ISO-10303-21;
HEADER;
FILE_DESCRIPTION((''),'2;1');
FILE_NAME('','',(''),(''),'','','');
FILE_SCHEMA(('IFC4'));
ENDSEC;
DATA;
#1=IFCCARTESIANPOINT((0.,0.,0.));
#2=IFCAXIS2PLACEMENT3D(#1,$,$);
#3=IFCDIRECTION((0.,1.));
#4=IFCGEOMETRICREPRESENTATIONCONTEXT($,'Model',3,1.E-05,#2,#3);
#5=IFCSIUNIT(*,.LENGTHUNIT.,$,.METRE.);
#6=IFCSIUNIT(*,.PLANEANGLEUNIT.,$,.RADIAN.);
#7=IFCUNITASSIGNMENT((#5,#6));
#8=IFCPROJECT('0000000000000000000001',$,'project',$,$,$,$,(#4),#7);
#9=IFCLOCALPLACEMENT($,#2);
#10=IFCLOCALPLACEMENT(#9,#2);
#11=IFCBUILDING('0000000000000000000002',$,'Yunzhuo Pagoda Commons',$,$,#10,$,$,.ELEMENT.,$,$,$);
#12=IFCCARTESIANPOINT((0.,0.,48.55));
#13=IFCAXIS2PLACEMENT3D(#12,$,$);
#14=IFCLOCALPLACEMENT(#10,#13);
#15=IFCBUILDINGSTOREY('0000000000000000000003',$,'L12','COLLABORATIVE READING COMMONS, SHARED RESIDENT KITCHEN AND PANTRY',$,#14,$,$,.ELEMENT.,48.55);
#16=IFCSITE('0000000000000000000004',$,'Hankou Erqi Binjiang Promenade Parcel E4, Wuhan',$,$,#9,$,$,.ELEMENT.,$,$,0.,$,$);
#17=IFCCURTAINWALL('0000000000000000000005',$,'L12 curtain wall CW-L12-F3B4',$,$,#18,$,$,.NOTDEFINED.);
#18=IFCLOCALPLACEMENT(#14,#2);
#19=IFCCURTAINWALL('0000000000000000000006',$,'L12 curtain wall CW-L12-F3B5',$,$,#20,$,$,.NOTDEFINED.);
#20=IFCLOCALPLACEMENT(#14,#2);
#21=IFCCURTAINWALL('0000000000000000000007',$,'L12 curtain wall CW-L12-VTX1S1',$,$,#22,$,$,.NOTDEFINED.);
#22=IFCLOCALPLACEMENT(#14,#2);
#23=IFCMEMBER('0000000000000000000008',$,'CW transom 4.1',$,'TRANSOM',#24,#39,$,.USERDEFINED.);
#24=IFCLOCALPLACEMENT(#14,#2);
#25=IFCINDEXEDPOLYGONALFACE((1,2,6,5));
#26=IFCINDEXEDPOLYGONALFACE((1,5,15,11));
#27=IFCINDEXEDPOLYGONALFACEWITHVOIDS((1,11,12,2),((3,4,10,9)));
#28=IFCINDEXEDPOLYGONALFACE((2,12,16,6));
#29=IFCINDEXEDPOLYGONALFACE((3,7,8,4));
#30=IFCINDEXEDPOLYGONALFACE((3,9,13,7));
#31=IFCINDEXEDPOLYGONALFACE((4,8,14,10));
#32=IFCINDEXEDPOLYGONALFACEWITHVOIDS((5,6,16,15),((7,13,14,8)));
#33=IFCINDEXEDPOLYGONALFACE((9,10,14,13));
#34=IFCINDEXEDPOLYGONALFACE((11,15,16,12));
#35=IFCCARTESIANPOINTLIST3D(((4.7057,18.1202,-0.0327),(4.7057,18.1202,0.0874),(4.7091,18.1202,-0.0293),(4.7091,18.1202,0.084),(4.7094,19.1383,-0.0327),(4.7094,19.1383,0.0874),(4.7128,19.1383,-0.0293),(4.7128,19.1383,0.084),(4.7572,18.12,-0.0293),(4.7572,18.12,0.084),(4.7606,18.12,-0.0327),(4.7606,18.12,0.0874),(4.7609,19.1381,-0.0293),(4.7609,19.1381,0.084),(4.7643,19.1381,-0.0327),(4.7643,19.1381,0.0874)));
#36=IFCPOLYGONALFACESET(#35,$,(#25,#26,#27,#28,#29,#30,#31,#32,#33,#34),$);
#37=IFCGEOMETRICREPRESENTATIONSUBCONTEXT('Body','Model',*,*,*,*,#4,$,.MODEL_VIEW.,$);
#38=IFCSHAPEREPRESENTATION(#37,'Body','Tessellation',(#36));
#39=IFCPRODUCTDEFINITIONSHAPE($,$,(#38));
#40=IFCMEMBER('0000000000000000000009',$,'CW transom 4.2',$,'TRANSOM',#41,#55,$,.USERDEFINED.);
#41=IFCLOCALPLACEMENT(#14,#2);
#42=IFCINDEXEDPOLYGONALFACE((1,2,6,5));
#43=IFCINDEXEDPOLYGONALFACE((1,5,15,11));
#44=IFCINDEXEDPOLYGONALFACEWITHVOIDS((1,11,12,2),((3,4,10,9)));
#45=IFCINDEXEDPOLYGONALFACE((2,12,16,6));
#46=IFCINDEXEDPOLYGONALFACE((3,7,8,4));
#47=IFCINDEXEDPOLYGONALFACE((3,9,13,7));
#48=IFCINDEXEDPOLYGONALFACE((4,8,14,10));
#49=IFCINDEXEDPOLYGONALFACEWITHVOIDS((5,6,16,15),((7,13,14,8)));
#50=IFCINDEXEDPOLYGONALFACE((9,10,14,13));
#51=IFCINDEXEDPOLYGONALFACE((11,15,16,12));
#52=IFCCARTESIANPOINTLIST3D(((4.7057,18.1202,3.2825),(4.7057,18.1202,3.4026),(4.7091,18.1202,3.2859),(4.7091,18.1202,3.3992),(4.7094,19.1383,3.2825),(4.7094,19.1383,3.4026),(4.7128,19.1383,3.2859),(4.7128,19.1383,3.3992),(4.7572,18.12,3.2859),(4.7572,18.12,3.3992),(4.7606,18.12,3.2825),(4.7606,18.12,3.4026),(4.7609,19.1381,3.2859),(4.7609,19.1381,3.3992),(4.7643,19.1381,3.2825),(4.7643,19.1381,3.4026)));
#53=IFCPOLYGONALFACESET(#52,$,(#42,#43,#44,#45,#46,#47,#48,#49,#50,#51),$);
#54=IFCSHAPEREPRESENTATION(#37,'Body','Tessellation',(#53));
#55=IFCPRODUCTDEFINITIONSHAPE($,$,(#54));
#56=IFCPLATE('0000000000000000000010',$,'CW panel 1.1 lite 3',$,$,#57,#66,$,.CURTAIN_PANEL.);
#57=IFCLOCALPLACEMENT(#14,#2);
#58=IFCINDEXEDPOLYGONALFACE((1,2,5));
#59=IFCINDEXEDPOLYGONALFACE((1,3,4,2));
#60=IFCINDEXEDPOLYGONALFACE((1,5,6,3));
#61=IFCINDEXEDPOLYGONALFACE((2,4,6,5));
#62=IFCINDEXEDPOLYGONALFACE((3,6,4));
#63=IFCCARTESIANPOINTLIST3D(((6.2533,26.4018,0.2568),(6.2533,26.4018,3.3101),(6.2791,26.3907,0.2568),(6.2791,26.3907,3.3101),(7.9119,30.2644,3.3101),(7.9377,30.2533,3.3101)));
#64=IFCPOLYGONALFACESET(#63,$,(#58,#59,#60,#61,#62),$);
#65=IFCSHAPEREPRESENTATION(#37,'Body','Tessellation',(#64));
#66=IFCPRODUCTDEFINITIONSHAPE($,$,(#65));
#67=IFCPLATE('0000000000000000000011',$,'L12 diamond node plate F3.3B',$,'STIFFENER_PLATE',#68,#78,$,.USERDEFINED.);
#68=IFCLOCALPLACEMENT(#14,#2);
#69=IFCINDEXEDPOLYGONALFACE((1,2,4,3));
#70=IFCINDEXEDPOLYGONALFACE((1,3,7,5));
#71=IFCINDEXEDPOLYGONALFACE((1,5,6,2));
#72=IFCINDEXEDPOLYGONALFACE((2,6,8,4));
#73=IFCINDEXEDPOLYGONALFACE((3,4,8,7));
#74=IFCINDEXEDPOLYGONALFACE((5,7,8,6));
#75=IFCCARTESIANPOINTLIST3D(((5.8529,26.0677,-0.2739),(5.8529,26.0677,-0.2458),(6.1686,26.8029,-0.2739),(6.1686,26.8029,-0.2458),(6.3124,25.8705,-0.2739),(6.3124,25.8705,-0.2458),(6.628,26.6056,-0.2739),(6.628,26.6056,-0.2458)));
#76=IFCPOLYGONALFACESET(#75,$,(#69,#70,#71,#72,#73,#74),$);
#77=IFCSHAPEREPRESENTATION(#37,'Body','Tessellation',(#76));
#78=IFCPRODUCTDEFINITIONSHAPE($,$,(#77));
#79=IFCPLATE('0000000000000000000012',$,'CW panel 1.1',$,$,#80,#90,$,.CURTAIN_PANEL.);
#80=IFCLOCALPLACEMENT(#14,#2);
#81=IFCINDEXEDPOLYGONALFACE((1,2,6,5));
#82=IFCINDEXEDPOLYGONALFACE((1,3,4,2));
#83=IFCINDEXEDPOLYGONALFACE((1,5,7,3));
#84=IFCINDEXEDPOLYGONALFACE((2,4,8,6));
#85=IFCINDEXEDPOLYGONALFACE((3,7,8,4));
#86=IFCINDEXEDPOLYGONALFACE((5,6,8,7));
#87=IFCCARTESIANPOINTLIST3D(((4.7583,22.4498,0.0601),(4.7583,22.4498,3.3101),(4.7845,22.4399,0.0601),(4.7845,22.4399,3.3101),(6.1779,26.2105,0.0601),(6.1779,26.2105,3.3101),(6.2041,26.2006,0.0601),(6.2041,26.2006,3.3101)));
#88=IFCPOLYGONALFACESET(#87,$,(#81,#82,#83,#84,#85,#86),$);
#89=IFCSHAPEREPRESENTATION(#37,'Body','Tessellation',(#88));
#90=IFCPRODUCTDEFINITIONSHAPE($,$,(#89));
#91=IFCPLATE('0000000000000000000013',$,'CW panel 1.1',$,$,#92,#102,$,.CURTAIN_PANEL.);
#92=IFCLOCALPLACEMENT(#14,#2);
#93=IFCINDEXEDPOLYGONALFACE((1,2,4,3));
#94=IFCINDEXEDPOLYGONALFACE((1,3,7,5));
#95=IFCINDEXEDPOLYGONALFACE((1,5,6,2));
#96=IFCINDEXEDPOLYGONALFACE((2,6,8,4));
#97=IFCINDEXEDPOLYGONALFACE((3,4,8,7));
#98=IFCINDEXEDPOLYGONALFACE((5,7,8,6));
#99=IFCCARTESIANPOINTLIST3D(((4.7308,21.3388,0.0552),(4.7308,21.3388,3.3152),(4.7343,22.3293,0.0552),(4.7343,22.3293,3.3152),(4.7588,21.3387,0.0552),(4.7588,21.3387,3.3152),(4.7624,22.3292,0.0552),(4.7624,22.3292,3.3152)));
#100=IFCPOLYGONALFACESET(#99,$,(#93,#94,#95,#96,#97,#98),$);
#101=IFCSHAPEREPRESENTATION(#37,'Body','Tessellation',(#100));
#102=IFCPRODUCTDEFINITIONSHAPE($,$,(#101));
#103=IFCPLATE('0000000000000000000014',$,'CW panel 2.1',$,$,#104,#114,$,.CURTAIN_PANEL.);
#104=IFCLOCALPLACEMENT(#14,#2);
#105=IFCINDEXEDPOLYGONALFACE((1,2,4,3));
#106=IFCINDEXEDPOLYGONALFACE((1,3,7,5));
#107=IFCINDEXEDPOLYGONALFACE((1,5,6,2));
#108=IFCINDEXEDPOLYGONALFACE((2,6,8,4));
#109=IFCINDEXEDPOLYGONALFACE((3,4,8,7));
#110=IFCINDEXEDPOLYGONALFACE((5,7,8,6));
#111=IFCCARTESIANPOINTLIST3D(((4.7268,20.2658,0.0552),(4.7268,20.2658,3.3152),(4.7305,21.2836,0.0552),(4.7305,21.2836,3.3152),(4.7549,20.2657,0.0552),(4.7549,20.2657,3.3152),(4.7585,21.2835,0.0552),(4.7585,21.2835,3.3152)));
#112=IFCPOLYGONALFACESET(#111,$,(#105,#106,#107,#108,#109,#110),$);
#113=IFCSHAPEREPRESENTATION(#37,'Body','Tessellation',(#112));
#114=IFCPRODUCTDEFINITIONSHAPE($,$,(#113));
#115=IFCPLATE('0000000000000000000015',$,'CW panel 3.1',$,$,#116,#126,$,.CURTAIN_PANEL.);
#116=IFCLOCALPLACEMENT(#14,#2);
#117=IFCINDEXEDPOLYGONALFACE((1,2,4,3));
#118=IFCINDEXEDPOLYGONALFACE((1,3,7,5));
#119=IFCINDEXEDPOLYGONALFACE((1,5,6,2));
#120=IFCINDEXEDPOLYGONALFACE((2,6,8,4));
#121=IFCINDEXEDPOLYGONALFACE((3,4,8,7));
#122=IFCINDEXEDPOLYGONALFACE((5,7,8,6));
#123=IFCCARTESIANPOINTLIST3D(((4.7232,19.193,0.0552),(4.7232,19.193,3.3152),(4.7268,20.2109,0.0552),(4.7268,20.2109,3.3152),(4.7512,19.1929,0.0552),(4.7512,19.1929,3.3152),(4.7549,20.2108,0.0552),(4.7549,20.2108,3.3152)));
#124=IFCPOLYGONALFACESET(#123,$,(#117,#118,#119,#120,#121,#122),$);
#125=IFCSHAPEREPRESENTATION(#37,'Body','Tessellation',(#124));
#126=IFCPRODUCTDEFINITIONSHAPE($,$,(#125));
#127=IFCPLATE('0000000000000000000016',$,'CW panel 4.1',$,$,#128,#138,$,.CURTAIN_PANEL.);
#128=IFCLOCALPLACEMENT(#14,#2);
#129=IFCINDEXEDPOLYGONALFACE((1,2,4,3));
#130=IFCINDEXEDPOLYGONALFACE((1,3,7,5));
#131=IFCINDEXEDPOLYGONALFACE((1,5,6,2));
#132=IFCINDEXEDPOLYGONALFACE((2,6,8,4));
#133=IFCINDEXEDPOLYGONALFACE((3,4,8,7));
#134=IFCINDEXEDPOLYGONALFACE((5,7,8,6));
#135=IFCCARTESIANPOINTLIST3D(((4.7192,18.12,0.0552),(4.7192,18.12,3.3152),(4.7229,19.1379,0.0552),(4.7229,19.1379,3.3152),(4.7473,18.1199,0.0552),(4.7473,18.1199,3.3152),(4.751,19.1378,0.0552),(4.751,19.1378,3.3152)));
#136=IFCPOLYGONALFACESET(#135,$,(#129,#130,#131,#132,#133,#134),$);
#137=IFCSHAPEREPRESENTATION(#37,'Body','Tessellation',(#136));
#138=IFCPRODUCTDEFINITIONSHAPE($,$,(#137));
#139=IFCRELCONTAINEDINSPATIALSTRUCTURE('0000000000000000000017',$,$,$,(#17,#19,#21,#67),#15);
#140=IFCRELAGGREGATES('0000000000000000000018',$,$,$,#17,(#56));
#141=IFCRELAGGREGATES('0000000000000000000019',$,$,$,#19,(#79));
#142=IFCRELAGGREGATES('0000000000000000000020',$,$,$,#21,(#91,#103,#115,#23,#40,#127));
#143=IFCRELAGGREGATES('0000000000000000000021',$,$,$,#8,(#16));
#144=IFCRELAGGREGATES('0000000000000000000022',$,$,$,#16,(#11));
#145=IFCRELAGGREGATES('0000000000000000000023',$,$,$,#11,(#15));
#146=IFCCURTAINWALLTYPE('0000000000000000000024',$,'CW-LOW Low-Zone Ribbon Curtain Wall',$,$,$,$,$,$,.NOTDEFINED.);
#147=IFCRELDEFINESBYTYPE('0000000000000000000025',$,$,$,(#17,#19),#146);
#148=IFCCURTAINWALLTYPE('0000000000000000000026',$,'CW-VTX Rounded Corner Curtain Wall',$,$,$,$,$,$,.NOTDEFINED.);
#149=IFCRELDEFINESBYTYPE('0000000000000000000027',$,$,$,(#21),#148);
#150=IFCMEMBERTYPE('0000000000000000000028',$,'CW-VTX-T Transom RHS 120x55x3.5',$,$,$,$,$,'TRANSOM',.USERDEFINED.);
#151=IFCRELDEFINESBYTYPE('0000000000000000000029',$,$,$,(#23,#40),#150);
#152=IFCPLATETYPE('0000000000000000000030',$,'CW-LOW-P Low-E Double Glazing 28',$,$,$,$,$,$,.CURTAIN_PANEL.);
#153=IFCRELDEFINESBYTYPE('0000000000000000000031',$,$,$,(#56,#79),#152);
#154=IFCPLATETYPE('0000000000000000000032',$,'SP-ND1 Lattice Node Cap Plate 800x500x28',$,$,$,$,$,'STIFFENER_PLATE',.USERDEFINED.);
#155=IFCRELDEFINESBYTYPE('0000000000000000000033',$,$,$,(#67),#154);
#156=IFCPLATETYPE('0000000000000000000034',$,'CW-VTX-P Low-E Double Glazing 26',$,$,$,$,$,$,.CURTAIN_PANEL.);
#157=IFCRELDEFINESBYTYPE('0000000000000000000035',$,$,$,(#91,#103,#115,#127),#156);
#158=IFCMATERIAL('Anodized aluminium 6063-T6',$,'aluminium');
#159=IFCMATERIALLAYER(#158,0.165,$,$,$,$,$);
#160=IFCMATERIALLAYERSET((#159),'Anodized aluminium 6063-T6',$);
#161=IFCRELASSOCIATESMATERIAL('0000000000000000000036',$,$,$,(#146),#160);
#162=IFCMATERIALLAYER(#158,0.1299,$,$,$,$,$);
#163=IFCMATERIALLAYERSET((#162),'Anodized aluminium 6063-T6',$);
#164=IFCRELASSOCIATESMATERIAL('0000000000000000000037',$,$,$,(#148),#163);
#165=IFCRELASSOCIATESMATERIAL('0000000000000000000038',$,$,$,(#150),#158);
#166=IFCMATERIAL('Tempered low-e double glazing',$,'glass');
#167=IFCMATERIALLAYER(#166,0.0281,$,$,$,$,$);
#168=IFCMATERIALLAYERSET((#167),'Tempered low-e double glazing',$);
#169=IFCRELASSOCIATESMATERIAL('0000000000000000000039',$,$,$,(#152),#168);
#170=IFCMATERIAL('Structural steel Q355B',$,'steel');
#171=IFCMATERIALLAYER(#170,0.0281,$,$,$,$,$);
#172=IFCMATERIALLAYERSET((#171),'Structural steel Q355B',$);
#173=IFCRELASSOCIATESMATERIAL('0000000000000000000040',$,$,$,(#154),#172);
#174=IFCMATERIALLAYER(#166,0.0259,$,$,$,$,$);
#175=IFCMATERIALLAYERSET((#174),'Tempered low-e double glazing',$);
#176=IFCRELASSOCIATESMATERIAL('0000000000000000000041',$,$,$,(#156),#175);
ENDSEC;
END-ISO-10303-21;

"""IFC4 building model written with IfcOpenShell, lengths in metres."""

from ifc_helpers import new_model, si_unit, direction, frame, origin, origin_2d, place, context, subcontext, project, spatial, polyline, rectangle, hollow_rectangle, outline, extrude, source, transform, mapped, material, layer, layer_set, material_profile, profile_set, type_object, element, aggregate, save


model = new_model("IFC4")

# Units and contexts
model_context = context("Model", 3, precision=1e-05, world=origin(), true_north=direction((0.0, 1.0)))
body_context = subcontext(model_context, "Body", "Model", "MODEL_VIEW")
ifc_project = project(units=[si_unit("LENGTHUNIT", "METRE"), si_unit("PLANEANGLEUNIT", "RADIAN")], contexts=[model_context])

# Site, building, storey
site_placement = place(None, origin())
site = spatial("IfcSite", under=ifc_project, at=site_placement, Name="Hankou Erqi Binjiang Promenade Parcel E4, Wuhan", CompositionType="ELEMENT", RefElevation=0.0)
building_placement = place(site_placement, origin())
building = spatial("IfcBuilding", under=site, at=building_placement, Name="Yunzhuo Pagoda Commons", CompositionType="ELEMENT")
storey_placement = place(building_placement, frame((0.0, 0.0, 48.55)))
storey = spatial("IfcBuildingStorey", under=building, at=storey_placement, Name="L12", Description="COLLABORATIVE READING COMMONS, SHARED RESIDENT KITCHEN AND PANTRY", CompositionType="ELEMENT", Elevation=48.55)

# Shared definitions
ifc_material_1 = material(Name="Structural steel Q355B", Category="steel")

# Curtain wall
ifc_material_2 = material(Name="Anodized aluminium 6063-T6", Category="aluminium")
ifc_layer_1 = layer(ifc_material_2, 0.165)
ifc_layer_set_1 = layer_set([ifc_layer_1], Name="Anodized aluminium 6063-T6")
curtain_wall_type_1 = type_object("IfcCurtainWallType", Name="CW-LOW Low-Zone Ribbon Curtain Wall", PredefinedType="NOTDEFINED", material=ifc_layer_set_1)
curtain_wall_1_placement = place(storey_placement, origin())
curtain_wall_1 = element("IfcCurtainWall", 1, at=curtain_wall_1_placement, inside=storey, type_object=curtain_wall_type_1, Name="L12 curtain wall CW-L12-F3B4", PredefinedType="NOTDEFINED")

# Curtain walls, members
curtain_wall_2_placement = place(storey_placement, origin())
curtain_wall_2 = element("IfcCurtainWall", 2, at=curtain_wall_2_placement, inside=storey, type_object=curtain_wall_type_1, Name="L12 curtain wall CW-L12-F3B5", PredefinedType="NOTDEFINED")
ifc_layer_2 = layer(ifc_material_2, 0.1299)
ifc_layer_set_2 = layer_set([ifc_layer_2], Name="Anodized aluminium 6063-T6")
curtain_wall_type_2 = type_object("IfcCurtainWallType", Name="CW-VTX Rounded Corner Curtain Wall", PredefinedType="NOTDEFINED", material=ifc_layer_set_2)
curtain_wall_3_placement = place(storey_placement, origin())
curtain_wall_3 = element("IfcCurtainWall", 3, at=curtain_wall_3_placement, inside=storey, type_object=curtain_wall_type_2, Name="L12 curtain wall CW-L12-VTX1S1", PredefinedType="NOTDEFINED")
ifc_material_profile_1 = material_profile(ifc_material_2, hollow_rectangle(XDim=0.0549, YDim=0.1201, WallThickness=0.0034, at=origin_2d()), Name="Anodized aluminium 6063-T6")
ifc_profile_set_1 = profile_set([ifc_material_profile_1], Name="Anodized aluminium 6063-T6")
member_type_1 = type_object("IfcMemberType", Name="CW-VTX-T Transom RHS 120x55x3.5", ElementType="TRANSOM", PredefinedType="USERDEFINED", material=ifc_profile_set_1)
shared_shape_1 = source(origin(), body_context, "Body", "SweptSolid", [
    extrude(hollow_rectangle(XDim=0.0549, YDim=0.1201, WallThickness=0.0034, at=origin_2d()), origin(), (0.0, 0.0, 1.0), 1.0181),
])
member_1_placement = place(storey_placement, frame((4.7368, 19.1382, 0.0273), z_axis=(-0.003597, -0.999994, 0.0), x_axis=(0.999994, -0.003597, 0.0)))
member_1 = element("IfcMember", 4, at=member_1_placement, type_object=member_type_1, Name="CW transom 4.1", ObjectType="TRANSOM", PredefinedType="USERDEFINED", context=body_context, shape_type="MappedRepresentation", body=[
    mapped(shared_shape_1, transform((0.0, 0.0, 0.0), scale=1.0)),
])
member_2_placement = place(storey_placement, frame((4.7368, 19.1382, 3.3425), z_axis=(-0.003597, -0.999994, 0.0), x_axis=(0.999994, -0.003597, 0.0)))
member_2 = element("IfcMember", 5, at=member_2_placement, type_object=member_type_1, Name="CW transom 4.2", ObjectType="TRANSOM", PredefinedType="USERDEFINED", context=body_context, shape_type="MappedRepresentation", body=[
    mapped(shared_shape_1, transform((0.0, 0.0, 0.0), scale=1.0)),
])

# Plates
ifc_material_3 = material(Name="Tempered low-e double glazing", Category="glass")
ifc_layer_3 = layer(ifc_material_3, 0.0281)
ifc_layer_set_3 = layer_set([ifc_layer_3], Name="Tempered low-e double glazing")
plate_type_1 = type_object("IfcPlateType", Name="CW-LOW-P Low-E Double Glazing 28", PredefinedType="CURTAIN_PANEL", material=ifc_layer_set_3)
plate_1_placement = place(storey_placement, frame((7.1084, 28.322, 1.7834), z_axis=(-0.918866, 0.394571, 0.0), x_axis=(-0.394571, -0.918866, 0.0)))
plate_1 = element("IfcPlate", 6, at=plate_1_placement, type_object=plate_type_1, Name="CW panel 1.1 lite 3", PredefinedType="CURTAIN_PANEL", context=body_context, shape_type="SweptSolid", body=[
    extrude(outline(polyline([(-2.1018, 1.5266), (2.1018, -1.5266), (2.1018, 1.5266), (-2.1018, 1.5266)])), origin(), (0.0, 0.0, 1.0), 0.0281),
])
aggregate(curtain_wall_1, [plate_1])
ifc_layer_4 = layer(ifc_material_1, 0.0281)
ifc_layer_set_4 = layer_set([ifc_layer_4], Name="Structural steel Q355B")
plate_type_2 = type_object("IfcPlateType", Name="SP-ND1 Lattice Node Cap Plate 800x500x28", ElementType="STIFFENER_PLATE", PredefinedType="USERDEFINED", material=ifc_layer_set_4)
shared_shape_2 = source(origin(), body_context, "Body", "SweptSolid", [
    extrude(rectangle(XDim=0.8, YDim=0.5, at=origin_2d()), origin(), (0.0, 0.0, 1.0), 0.0281),
])
plate_2_placement = place(storey_placement, frame((6.2405, 26.3367, -0.2739), z_axis=(0.0, 0.0, 1.0), x_axis=(-0.394567, -0.918867, 0.0)))
element("IfcPlate", 7, at=plate_2_placement, inside=storey, type_object=plate_type_2, Name="L12 diamond node plate F3.3B", ObjectType="STIFFENER_PLATE", PredefinedType="USERDEFINED", context=body_context, shape_type="MappedRepresentation", body=[
    mapped(shared_shape_2, transform((0.0, 0.0, 0.0), scale=1.0)),
])
shared_shape_3 = source(origin(), body_context, "Body", "SweptSolid", [
    extrude(rectangle(XDim=4.0198, YDim=0.0281, at=origin_2d()), origin(), (0.0, 0.0, 1.0), 3.25),
])
plate_3_placement = place(storey_placement, frame((5.4812, 24.3252, 0.0601), z_axis=(0.0, 0.0, 1.0), x_axis=(-0.353151, -0.935566, 0.0)))
plate_3 = element("IfcPlate", 8, at=plate_3_placement, type_object=plate_type_1, Name="CW panel 1.1", PredefinedType="CURTAIN_PANEL", context=body_context, shape_type="MappedRepresentation", body=[
    mapped(shared_shape_3, transform((0.0, 0.0, 0.0), scale=1.0)),
])
aggregate(curtain_wall_2, [plate_3])
ifc_layer_5 = layer(ifc_material_3, 0.0259)
ifc_layer_set_5 = layer_set([ifc_layer_5], Name="Tempered low-e double glazing")
plate_type_3 = type_object("IfcPlateType", Name="CW-VTX-P Low-E Double Glazing 26", PredefinedType="CURTAIN_PANEL", material=ifc_layer_set_5)
shared_shape_4 = source(origin(), body_context, "Body", "SweptSolid", [
    extrude(rectangle(XDim=0.9905, YDim=0.0281, at=origin_2d()), origin(), (0.0, 0.0, 1.0), 3.26),
])
plate_4_placement = place(storey_placement, frame((4.7466, 21.834, 0.0552), z_axis=(0.0, 0.0, 1.0), x_axis=(-0.003579, -0.999994, 0.0)))
plate_4 = element("IfcPlate", 9, at=plate_4_placement, type_object=plate_type_3, Name="CW panel 1.1", PredefinedType="CURTAIN_PANEL", context=body_context, shape_type="MappedRepresentation", body=[
    mapped(shared_shape_4, transform((0.0, 0.0, 0.0), scale=1.0)),
])
shared_shape_5 = source(origin(), body_context, "Body", "SweptSolid", [
    extrude(rectangle(XDim=1.0178, YDim=0.0281, at=origin_2d()), origin(), (0.0, 0.0, 1.0), 3.26),
])
plate_5_placement = place(storey_placement, frame((4.7427, 20.7747, 0.0552), z_axis=(0.0, 0.0, 1.0), x_axis=(-0.003579, -0.999994, 0.0)))
plate_5 = element("IfcPlate", 10, at=plate_5_placement, type_object=plate_type_3, Name="CW panel 2.1", PredefinedType="CURTAIN_PANEL", context=body_context, shape_type="MappedRepresentation", body=[
    mapped(shared_shape_5, transform((0.0, 0.0, 0.0), scale=1.0)),
])
plate_6_placement = place(storey_placement, frame((4.739, 19.7019, 0.0552), z_axis=(0.0, 0.0, 1.0), x_axis=(-0.003579, -0.999994, 0.0)))
plate_6 = element("IfcPlate", 11, at=plate_6_placement, type_object=plate_type_3, Name="CW panel 3.1", PredefinedType="CURTAIN_PANEL", context=body_context, shape_type="MappedRepresentation", body=[
    mapped(shared_shape_5, transform((0.0, 0.0, 0.0), scale=1.0)),
])
plate_7_placement = place(storey_placement, frame((4.7351, 18.6289, 0.0552), z_axis=(0.0, 0.0, 1.0), x_axis=(-0.003579, -0.999994, 0.0)))
plate_7 = element("IfcPlate", 12, at=plate_7_placement, type_object=plate_type_3, Name="CW panel 4.1", PredefinedType="CURTAIN_PANEL", context=body_context, shape_type="MappedRepresentation", body=[
    mapped(shared_shape_5, transform((0.0, 0.0, 0.0), scale=1.0)),
])
aggregate(curtain_wall_3, [plate_4, plate_5, plate_6, member_1, member_2, plate_7])

save(model, "model.ifc")
